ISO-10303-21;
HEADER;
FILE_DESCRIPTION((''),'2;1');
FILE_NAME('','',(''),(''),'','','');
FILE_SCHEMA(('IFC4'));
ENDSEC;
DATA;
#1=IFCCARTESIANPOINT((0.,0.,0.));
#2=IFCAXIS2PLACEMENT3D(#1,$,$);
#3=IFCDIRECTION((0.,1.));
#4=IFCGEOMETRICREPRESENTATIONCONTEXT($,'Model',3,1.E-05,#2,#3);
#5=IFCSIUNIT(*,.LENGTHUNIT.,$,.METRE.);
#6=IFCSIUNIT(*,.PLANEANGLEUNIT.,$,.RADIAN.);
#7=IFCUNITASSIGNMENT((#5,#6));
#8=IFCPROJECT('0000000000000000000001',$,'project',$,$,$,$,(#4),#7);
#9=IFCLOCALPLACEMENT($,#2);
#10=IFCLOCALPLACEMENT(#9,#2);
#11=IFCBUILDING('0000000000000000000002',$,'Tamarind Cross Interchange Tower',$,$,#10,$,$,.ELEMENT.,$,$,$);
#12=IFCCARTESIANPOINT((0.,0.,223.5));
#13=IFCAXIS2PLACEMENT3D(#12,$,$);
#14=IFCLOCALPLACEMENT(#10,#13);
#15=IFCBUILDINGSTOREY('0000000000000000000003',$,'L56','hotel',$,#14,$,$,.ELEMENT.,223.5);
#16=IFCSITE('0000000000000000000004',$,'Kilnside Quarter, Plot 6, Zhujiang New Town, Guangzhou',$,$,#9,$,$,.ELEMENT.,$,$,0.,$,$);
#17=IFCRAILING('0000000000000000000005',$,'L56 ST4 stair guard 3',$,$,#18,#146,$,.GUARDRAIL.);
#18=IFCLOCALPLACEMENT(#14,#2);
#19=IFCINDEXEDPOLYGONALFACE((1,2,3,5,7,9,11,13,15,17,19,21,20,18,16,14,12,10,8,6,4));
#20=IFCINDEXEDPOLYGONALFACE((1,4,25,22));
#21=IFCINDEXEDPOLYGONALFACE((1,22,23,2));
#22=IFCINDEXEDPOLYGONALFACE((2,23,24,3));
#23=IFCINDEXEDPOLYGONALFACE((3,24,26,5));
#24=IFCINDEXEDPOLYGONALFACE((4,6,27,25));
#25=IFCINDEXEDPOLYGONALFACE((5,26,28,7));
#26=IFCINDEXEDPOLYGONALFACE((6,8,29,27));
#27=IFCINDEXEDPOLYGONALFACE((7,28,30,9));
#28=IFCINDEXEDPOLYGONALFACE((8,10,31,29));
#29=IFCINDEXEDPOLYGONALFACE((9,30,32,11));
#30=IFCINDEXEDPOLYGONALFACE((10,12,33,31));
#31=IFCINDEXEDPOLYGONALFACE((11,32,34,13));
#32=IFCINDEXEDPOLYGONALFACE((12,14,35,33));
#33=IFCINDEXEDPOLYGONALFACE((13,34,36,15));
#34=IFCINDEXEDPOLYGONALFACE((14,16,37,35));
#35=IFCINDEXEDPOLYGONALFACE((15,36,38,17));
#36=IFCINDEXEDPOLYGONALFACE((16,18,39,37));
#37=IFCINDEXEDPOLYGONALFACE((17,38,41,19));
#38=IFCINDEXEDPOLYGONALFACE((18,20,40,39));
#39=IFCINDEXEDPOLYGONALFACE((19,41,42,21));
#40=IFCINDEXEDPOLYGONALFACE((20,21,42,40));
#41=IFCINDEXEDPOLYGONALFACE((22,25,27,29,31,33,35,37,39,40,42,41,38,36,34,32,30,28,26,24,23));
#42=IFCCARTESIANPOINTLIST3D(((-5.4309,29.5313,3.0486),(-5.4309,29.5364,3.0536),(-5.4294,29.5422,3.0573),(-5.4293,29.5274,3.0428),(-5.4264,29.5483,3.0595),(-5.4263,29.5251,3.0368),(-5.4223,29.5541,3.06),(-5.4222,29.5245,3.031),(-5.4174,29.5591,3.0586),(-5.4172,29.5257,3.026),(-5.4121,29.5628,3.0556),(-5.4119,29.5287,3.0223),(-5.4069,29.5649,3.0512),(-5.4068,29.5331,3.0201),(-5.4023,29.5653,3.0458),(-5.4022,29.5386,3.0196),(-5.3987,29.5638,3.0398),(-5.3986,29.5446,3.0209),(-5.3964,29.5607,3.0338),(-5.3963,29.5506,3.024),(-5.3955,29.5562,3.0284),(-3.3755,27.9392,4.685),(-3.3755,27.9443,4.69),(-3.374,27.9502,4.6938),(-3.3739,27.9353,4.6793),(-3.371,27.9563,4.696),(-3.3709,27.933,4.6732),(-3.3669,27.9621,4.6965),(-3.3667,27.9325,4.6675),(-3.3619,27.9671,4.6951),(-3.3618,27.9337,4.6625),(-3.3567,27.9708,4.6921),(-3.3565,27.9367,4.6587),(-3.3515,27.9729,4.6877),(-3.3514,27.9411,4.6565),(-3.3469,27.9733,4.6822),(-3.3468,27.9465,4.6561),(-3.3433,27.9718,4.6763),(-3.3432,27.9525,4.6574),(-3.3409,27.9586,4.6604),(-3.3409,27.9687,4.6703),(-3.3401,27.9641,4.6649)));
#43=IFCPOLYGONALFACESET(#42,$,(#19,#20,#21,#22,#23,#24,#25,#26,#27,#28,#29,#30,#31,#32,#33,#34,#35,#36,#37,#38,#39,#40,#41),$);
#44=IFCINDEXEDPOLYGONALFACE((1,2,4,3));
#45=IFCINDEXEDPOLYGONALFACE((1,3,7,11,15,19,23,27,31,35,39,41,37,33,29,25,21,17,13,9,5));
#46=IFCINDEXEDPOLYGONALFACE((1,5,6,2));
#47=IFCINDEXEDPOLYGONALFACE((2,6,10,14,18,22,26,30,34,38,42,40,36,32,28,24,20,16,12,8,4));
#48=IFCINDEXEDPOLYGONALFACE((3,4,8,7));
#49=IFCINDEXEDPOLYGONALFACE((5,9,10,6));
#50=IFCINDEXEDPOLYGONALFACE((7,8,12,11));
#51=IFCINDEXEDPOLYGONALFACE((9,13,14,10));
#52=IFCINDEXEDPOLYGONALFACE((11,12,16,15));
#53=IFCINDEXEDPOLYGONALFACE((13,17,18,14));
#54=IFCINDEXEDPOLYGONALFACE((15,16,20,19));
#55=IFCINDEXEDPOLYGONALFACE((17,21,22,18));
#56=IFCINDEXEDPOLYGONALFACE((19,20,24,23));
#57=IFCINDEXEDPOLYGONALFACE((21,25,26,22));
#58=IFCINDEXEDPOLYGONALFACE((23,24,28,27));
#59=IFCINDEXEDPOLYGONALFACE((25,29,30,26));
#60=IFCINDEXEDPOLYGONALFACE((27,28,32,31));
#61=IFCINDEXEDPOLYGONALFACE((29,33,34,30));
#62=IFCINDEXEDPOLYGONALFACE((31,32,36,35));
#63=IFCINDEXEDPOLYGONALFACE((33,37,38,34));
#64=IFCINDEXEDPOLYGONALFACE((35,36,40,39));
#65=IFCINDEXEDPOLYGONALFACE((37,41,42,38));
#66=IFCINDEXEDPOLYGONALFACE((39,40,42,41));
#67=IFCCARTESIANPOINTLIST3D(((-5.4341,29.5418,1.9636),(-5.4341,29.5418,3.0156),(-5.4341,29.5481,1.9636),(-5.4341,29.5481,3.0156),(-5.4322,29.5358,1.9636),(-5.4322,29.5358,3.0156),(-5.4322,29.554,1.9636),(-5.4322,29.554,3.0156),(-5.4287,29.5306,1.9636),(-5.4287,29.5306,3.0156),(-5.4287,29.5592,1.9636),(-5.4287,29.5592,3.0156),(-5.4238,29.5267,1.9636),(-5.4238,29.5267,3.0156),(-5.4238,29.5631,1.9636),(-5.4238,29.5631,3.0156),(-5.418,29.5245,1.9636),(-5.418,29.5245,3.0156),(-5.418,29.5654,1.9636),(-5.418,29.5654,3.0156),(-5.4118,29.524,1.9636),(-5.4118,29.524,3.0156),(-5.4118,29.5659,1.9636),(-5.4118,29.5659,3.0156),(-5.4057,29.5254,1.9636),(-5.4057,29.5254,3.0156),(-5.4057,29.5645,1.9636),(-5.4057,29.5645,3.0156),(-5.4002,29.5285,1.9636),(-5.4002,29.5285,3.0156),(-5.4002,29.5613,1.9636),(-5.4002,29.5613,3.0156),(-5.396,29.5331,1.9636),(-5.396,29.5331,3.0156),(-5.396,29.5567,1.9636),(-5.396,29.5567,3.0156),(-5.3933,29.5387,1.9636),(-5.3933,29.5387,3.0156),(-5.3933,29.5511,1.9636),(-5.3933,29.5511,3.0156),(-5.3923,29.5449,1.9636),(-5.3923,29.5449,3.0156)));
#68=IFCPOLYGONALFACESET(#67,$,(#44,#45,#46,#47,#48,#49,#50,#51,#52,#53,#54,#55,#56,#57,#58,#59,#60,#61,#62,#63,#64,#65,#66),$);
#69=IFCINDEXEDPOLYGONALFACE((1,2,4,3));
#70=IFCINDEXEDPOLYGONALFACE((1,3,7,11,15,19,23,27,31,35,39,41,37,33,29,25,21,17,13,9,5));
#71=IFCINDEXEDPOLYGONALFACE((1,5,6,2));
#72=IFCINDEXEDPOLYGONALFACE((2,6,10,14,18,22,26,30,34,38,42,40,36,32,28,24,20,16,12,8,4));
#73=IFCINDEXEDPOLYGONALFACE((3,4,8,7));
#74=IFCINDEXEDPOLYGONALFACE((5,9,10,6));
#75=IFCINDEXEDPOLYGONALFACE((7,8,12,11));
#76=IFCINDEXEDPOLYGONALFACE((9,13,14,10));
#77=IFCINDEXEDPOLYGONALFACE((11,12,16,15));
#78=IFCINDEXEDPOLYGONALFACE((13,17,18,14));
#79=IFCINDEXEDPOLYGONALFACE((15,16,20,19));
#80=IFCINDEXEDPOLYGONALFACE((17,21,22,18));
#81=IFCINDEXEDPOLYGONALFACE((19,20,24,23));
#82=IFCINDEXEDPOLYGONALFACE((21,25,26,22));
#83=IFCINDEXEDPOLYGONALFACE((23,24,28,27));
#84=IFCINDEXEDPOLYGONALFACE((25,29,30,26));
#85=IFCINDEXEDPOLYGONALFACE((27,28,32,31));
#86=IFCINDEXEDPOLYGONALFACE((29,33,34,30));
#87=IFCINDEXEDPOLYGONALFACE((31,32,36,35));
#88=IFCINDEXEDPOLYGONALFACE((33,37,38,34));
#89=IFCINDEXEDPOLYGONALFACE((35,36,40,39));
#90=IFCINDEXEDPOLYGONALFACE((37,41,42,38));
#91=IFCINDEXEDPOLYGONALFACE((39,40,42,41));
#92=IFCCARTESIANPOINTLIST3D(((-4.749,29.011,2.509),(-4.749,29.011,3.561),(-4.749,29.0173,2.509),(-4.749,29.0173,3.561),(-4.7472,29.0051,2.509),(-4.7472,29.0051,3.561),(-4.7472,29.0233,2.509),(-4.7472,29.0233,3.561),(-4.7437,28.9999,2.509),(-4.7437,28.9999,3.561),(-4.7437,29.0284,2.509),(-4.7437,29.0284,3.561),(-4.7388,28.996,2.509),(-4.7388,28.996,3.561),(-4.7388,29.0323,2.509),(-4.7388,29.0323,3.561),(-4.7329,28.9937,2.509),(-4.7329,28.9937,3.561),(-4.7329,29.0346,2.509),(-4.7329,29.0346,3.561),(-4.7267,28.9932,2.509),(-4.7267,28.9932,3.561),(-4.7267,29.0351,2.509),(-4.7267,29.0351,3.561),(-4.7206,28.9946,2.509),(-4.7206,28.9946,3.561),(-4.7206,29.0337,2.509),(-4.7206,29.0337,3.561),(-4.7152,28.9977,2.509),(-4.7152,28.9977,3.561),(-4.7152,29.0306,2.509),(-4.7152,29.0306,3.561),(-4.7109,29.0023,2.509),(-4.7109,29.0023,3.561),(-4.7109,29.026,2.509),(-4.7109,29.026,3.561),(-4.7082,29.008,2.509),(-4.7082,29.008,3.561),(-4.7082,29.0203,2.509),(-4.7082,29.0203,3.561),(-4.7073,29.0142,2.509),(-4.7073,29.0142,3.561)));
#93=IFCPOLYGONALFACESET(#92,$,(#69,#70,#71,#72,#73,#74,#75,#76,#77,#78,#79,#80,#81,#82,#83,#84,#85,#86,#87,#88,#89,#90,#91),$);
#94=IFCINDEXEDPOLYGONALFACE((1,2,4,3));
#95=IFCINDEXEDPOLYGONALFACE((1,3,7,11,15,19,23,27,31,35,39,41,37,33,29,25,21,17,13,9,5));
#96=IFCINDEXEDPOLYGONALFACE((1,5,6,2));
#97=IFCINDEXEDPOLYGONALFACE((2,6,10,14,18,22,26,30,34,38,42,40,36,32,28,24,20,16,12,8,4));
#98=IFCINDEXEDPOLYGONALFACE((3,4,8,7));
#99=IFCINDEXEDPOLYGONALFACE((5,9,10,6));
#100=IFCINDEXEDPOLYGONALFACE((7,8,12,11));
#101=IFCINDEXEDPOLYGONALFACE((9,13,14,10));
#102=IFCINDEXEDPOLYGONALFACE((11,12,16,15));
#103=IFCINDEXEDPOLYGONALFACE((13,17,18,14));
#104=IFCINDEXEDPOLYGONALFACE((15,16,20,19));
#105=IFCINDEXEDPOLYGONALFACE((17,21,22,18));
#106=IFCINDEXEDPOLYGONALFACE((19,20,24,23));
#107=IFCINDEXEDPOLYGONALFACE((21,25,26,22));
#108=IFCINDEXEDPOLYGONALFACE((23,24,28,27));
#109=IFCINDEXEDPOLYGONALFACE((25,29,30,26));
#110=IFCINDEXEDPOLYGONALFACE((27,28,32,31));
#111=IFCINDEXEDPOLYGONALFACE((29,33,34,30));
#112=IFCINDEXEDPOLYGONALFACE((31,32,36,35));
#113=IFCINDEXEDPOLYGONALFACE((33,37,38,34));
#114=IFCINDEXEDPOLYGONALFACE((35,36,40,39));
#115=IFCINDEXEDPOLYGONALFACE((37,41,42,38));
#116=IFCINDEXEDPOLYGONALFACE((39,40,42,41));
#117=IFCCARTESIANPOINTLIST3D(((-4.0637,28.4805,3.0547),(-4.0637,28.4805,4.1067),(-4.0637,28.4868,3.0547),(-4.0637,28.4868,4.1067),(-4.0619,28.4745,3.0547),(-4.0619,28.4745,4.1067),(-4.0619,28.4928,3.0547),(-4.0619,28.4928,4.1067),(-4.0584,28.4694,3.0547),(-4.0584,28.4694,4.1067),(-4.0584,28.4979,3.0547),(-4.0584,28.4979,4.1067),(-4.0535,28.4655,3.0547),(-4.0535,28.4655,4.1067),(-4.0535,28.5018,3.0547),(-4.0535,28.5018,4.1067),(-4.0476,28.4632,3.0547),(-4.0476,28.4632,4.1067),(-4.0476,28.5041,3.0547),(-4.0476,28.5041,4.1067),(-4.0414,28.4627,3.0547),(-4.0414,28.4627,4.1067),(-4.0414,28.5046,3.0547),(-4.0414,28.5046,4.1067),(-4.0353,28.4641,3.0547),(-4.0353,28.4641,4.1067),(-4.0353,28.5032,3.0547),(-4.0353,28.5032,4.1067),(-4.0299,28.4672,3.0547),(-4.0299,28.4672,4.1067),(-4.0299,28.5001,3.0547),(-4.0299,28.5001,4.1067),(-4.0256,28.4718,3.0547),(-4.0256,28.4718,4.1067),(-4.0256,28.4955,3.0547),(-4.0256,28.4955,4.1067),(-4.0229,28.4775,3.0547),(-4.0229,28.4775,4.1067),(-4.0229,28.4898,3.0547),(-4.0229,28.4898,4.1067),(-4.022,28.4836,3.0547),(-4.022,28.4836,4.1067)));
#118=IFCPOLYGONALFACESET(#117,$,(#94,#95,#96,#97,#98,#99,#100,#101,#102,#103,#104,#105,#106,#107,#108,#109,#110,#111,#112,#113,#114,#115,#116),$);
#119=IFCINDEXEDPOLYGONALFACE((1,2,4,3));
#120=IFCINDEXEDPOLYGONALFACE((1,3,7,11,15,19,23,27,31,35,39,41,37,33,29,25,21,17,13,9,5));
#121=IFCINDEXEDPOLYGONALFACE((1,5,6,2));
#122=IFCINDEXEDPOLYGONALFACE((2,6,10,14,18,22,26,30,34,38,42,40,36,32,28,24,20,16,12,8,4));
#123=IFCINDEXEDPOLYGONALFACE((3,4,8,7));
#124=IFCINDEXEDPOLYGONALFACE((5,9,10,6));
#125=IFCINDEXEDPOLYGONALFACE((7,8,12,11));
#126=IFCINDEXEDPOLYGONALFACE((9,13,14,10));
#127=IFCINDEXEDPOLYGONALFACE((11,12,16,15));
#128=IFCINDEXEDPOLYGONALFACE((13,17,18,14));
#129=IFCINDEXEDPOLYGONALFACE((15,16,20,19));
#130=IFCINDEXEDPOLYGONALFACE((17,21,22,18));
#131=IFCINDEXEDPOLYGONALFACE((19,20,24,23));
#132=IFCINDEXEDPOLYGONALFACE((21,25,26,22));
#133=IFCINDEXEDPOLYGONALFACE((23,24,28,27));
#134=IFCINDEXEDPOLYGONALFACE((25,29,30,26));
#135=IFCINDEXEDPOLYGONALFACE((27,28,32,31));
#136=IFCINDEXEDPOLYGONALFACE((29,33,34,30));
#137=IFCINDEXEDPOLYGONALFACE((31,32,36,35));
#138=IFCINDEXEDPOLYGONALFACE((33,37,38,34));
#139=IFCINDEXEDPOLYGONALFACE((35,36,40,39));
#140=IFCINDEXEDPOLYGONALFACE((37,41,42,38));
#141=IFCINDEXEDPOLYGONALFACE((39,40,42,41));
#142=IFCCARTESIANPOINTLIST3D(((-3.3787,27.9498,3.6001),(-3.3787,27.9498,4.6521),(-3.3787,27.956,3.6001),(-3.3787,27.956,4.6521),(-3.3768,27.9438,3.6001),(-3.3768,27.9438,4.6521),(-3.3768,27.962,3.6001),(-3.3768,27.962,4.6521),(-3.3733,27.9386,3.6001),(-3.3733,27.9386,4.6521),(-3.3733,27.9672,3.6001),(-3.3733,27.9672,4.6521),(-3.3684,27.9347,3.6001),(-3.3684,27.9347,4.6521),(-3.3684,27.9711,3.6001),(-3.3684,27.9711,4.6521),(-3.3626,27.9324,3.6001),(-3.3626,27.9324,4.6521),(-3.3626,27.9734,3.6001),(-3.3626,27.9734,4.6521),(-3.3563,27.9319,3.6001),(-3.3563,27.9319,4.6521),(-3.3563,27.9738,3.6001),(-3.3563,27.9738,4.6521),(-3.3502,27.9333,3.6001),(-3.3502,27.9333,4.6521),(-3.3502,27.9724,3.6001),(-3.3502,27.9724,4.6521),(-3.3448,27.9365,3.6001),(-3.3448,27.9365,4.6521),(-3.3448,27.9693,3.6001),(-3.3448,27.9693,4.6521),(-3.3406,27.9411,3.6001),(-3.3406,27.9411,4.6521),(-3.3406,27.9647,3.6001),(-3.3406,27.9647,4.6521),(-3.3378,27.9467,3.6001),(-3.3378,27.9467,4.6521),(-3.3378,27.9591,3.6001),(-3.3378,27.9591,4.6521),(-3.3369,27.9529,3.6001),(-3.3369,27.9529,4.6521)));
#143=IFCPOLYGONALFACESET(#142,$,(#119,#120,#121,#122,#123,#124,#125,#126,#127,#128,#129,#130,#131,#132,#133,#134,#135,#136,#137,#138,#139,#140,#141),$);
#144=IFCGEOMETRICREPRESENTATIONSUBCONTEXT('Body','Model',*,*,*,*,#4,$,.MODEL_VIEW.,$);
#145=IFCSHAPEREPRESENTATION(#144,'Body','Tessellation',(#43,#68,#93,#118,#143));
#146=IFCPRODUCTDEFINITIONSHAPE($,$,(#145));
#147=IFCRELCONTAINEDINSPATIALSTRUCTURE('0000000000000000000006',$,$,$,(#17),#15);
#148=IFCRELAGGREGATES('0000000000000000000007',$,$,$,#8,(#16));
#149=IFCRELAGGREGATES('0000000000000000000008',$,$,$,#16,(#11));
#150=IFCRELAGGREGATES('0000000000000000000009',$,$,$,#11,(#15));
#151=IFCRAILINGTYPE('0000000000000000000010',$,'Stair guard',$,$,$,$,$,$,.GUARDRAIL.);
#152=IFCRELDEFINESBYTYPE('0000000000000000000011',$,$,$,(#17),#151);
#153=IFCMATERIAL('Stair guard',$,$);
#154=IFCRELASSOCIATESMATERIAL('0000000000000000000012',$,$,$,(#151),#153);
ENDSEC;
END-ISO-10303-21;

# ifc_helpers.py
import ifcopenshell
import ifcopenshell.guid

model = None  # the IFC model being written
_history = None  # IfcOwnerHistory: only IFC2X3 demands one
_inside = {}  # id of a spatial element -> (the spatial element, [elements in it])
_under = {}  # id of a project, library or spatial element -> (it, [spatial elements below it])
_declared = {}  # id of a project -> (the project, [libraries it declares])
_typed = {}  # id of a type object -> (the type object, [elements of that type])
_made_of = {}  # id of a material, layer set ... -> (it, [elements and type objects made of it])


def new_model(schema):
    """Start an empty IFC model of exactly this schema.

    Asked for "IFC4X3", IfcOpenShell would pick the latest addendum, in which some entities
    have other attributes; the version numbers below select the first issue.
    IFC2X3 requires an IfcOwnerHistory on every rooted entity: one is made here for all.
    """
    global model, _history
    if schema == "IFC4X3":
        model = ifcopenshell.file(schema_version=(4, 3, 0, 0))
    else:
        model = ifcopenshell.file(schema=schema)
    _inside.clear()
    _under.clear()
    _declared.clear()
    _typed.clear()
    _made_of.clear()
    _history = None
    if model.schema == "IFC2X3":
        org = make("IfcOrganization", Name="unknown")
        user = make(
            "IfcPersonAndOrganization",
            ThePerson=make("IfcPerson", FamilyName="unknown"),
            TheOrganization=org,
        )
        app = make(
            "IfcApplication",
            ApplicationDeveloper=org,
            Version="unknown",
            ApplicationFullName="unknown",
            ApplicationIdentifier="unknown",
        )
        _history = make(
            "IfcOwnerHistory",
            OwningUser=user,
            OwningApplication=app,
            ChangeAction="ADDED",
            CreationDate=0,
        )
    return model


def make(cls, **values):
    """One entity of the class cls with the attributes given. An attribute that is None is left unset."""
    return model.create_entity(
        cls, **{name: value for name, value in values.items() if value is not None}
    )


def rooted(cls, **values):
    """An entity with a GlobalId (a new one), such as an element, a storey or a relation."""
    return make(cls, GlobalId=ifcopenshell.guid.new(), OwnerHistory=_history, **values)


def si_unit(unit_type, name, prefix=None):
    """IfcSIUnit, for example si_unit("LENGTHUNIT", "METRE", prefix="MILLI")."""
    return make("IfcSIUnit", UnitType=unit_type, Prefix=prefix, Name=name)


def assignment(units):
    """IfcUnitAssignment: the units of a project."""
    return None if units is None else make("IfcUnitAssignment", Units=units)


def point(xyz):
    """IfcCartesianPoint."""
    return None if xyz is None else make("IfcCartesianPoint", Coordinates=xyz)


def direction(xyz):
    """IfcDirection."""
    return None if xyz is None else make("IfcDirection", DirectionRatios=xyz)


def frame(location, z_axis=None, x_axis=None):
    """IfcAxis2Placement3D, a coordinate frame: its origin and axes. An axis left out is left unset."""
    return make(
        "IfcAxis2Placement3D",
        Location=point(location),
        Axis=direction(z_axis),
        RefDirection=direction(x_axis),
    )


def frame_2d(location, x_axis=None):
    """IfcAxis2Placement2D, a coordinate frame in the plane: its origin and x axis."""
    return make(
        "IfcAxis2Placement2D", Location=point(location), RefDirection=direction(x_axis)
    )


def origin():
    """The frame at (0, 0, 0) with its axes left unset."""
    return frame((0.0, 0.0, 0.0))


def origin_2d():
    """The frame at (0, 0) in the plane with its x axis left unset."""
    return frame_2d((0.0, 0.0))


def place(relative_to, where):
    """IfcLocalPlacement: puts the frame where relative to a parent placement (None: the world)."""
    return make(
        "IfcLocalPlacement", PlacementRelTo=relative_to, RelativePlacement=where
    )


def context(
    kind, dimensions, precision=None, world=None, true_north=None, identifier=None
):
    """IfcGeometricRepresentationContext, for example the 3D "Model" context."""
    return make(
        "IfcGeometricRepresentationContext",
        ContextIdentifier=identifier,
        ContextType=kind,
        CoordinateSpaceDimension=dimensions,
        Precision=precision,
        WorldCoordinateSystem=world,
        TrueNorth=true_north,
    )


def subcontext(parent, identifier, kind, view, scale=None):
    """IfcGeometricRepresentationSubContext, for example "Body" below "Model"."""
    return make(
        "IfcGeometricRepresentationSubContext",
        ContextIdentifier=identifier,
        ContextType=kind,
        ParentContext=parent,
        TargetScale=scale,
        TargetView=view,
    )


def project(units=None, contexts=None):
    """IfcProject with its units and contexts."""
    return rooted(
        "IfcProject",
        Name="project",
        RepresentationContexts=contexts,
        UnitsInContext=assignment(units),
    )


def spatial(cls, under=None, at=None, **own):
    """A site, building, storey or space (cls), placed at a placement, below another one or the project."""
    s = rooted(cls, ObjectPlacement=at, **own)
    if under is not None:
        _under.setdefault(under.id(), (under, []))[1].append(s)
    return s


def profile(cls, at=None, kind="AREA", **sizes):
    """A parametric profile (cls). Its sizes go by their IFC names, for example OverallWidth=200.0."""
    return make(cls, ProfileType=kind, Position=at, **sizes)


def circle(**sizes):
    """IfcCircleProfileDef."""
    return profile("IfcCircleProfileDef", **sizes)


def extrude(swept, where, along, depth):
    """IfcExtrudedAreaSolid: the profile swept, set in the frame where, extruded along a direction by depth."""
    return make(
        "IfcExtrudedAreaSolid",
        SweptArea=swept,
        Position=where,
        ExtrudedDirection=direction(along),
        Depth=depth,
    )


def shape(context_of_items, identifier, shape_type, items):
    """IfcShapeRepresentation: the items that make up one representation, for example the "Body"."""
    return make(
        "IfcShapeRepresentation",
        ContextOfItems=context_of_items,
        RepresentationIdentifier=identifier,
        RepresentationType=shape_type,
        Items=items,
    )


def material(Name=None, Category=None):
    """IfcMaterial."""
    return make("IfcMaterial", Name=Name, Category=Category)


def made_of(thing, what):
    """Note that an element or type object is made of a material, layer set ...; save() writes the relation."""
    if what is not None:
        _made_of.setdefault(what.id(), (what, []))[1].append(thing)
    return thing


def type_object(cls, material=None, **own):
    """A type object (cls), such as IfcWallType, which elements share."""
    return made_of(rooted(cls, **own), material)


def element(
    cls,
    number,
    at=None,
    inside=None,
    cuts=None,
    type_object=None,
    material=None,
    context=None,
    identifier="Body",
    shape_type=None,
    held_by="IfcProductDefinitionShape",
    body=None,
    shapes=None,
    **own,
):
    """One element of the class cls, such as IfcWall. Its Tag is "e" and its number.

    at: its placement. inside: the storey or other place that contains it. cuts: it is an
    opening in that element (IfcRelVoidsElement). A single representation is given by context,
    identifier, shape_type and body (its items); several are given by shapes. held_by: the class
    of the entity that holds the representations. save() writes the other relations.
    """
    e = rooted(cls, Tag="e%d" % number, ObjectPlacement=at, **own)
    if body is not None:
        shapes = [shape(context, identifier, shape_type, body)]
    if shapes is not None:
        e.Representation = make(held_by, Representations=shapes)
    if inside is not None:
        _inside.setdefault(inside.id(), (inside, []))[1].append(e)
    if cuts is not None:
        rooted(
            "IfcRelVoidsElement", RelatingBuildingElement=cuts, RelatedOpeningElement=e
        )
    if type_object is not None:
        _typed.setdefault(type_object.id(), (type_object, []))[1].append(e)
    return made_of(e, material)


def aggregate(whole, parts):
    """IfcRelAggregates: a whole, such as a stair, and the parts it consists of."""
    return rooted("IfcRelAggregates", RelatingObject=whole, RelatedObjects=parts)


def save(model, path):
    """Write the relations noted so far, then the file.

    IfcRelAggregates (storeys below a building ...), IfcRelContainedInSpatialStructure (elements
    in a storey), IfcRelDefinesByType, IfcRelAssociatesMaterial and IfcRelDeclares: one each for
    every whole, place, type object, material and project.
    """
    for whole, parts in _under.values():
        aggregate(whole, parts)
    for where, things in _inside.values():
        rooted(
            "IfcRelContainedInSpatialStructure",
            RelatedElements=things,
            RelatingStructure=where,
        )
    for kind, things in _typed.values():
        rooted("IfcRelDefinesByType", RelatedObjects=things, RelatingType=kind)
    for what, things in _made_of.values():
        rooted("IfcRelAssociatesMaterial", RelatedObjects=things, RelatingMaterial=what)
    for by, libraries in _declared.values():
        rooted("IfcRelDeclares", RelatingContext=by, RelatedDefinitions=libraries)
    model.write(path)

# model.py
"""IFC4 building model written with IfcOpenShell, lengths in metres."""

from ifc_helpers import new_model, si_unit, direction, frame, origin, origin_2d, place, context, subcontext, project, spatial, circle, extrude, material, type_object, element, save


model = new_model("IFC4")

# Units and contexts
model_context = context("Model", 3, precision=1e-05, world=origin(), true_north=direction((0.0, 1.0)))
body_context = subcontext(model_context, "Body", "Model", "MODEL_VIEW")
ifc_project = project(units=[si_unit("LENGTHUNIT", "METRE"), si_unit("PLANEANGLEUNIT", "RADIAN")], contexts=[model_context])

# Site, building, storey
site_placement = place(None, origin())
site = spatial("IfcSite", under=ifc_project, at=site_placement, Name="Kilnside Quarter, Plot 6, Zhujiang New Town, Guangzhou", CompositionType="ELEMENT", RefElevation=0.0)
building_placement = place(site_placement, origin())
building = spatial("IfcBuilding", under=site, at=building_placement, Name="Tamarind Cross Interchange Tower", CompositionType="ELEMENT")
storey_placement = place(building_placement, frame((0.0, 0.0, 223.5)))
storey = spatial("IfcBuildingStorey", under=building, at=storey_placement, Name="L56", Description="hotel", CompositionType="ELEMENT", Elevation=223.5)

# Railing
ifc_material_1 = material(Name="Stair guard")
railing_type_1 = type_object("IfcRailingType", Name="Stair guard", PredefinedType="GUARDRAIL", material=ifc_material_1)
railing_1_placement = place(storey_placement, frame((-5.4133, 29.5449, 1.9636)))
element("IfcRailing", 1, at=railing_1_placement, inside=storey, type_object=railing_type_1, Name="L56 ST4 stair guard 3", PredefinedType="GUARDRAIL", context=body_context, shape_type="SweptSolid", body=[
    extrude(circle(Radius=0.0239, at=origin_2d()), frame((0.0, 0.0, 1.0762), z_axis=(0.669075, -0.518237, 0.532701), x_axis=(0.612353, 0.790584, 0.0)), (0.0, 0.0, 1.0), 3.072),
    extrude(circle(Radius=0.021, at=origin_2d()), origin(), (0.0, 0.0, 1.0), 1.052),
    extrude(circle(Radius=0.021, at=origin_2d()), frame((0.6851, -0.5308, 0.5454)), (0.0, 0.0, 1.0), 1.052),
    extrude(circle(Radius=0.021, at=origin_2d()), frame((1.3704, -1.0613, 1.0911)), (0.0, 0.0, 1.0), 1.052),
    extrude(circle(Radius=0.021, at=origin_2d()), frame((2.0554, -1.592, 1.6365)), (0.0, 0.0, 1.0), 1.052),
])

save(model, "model.ifc")
